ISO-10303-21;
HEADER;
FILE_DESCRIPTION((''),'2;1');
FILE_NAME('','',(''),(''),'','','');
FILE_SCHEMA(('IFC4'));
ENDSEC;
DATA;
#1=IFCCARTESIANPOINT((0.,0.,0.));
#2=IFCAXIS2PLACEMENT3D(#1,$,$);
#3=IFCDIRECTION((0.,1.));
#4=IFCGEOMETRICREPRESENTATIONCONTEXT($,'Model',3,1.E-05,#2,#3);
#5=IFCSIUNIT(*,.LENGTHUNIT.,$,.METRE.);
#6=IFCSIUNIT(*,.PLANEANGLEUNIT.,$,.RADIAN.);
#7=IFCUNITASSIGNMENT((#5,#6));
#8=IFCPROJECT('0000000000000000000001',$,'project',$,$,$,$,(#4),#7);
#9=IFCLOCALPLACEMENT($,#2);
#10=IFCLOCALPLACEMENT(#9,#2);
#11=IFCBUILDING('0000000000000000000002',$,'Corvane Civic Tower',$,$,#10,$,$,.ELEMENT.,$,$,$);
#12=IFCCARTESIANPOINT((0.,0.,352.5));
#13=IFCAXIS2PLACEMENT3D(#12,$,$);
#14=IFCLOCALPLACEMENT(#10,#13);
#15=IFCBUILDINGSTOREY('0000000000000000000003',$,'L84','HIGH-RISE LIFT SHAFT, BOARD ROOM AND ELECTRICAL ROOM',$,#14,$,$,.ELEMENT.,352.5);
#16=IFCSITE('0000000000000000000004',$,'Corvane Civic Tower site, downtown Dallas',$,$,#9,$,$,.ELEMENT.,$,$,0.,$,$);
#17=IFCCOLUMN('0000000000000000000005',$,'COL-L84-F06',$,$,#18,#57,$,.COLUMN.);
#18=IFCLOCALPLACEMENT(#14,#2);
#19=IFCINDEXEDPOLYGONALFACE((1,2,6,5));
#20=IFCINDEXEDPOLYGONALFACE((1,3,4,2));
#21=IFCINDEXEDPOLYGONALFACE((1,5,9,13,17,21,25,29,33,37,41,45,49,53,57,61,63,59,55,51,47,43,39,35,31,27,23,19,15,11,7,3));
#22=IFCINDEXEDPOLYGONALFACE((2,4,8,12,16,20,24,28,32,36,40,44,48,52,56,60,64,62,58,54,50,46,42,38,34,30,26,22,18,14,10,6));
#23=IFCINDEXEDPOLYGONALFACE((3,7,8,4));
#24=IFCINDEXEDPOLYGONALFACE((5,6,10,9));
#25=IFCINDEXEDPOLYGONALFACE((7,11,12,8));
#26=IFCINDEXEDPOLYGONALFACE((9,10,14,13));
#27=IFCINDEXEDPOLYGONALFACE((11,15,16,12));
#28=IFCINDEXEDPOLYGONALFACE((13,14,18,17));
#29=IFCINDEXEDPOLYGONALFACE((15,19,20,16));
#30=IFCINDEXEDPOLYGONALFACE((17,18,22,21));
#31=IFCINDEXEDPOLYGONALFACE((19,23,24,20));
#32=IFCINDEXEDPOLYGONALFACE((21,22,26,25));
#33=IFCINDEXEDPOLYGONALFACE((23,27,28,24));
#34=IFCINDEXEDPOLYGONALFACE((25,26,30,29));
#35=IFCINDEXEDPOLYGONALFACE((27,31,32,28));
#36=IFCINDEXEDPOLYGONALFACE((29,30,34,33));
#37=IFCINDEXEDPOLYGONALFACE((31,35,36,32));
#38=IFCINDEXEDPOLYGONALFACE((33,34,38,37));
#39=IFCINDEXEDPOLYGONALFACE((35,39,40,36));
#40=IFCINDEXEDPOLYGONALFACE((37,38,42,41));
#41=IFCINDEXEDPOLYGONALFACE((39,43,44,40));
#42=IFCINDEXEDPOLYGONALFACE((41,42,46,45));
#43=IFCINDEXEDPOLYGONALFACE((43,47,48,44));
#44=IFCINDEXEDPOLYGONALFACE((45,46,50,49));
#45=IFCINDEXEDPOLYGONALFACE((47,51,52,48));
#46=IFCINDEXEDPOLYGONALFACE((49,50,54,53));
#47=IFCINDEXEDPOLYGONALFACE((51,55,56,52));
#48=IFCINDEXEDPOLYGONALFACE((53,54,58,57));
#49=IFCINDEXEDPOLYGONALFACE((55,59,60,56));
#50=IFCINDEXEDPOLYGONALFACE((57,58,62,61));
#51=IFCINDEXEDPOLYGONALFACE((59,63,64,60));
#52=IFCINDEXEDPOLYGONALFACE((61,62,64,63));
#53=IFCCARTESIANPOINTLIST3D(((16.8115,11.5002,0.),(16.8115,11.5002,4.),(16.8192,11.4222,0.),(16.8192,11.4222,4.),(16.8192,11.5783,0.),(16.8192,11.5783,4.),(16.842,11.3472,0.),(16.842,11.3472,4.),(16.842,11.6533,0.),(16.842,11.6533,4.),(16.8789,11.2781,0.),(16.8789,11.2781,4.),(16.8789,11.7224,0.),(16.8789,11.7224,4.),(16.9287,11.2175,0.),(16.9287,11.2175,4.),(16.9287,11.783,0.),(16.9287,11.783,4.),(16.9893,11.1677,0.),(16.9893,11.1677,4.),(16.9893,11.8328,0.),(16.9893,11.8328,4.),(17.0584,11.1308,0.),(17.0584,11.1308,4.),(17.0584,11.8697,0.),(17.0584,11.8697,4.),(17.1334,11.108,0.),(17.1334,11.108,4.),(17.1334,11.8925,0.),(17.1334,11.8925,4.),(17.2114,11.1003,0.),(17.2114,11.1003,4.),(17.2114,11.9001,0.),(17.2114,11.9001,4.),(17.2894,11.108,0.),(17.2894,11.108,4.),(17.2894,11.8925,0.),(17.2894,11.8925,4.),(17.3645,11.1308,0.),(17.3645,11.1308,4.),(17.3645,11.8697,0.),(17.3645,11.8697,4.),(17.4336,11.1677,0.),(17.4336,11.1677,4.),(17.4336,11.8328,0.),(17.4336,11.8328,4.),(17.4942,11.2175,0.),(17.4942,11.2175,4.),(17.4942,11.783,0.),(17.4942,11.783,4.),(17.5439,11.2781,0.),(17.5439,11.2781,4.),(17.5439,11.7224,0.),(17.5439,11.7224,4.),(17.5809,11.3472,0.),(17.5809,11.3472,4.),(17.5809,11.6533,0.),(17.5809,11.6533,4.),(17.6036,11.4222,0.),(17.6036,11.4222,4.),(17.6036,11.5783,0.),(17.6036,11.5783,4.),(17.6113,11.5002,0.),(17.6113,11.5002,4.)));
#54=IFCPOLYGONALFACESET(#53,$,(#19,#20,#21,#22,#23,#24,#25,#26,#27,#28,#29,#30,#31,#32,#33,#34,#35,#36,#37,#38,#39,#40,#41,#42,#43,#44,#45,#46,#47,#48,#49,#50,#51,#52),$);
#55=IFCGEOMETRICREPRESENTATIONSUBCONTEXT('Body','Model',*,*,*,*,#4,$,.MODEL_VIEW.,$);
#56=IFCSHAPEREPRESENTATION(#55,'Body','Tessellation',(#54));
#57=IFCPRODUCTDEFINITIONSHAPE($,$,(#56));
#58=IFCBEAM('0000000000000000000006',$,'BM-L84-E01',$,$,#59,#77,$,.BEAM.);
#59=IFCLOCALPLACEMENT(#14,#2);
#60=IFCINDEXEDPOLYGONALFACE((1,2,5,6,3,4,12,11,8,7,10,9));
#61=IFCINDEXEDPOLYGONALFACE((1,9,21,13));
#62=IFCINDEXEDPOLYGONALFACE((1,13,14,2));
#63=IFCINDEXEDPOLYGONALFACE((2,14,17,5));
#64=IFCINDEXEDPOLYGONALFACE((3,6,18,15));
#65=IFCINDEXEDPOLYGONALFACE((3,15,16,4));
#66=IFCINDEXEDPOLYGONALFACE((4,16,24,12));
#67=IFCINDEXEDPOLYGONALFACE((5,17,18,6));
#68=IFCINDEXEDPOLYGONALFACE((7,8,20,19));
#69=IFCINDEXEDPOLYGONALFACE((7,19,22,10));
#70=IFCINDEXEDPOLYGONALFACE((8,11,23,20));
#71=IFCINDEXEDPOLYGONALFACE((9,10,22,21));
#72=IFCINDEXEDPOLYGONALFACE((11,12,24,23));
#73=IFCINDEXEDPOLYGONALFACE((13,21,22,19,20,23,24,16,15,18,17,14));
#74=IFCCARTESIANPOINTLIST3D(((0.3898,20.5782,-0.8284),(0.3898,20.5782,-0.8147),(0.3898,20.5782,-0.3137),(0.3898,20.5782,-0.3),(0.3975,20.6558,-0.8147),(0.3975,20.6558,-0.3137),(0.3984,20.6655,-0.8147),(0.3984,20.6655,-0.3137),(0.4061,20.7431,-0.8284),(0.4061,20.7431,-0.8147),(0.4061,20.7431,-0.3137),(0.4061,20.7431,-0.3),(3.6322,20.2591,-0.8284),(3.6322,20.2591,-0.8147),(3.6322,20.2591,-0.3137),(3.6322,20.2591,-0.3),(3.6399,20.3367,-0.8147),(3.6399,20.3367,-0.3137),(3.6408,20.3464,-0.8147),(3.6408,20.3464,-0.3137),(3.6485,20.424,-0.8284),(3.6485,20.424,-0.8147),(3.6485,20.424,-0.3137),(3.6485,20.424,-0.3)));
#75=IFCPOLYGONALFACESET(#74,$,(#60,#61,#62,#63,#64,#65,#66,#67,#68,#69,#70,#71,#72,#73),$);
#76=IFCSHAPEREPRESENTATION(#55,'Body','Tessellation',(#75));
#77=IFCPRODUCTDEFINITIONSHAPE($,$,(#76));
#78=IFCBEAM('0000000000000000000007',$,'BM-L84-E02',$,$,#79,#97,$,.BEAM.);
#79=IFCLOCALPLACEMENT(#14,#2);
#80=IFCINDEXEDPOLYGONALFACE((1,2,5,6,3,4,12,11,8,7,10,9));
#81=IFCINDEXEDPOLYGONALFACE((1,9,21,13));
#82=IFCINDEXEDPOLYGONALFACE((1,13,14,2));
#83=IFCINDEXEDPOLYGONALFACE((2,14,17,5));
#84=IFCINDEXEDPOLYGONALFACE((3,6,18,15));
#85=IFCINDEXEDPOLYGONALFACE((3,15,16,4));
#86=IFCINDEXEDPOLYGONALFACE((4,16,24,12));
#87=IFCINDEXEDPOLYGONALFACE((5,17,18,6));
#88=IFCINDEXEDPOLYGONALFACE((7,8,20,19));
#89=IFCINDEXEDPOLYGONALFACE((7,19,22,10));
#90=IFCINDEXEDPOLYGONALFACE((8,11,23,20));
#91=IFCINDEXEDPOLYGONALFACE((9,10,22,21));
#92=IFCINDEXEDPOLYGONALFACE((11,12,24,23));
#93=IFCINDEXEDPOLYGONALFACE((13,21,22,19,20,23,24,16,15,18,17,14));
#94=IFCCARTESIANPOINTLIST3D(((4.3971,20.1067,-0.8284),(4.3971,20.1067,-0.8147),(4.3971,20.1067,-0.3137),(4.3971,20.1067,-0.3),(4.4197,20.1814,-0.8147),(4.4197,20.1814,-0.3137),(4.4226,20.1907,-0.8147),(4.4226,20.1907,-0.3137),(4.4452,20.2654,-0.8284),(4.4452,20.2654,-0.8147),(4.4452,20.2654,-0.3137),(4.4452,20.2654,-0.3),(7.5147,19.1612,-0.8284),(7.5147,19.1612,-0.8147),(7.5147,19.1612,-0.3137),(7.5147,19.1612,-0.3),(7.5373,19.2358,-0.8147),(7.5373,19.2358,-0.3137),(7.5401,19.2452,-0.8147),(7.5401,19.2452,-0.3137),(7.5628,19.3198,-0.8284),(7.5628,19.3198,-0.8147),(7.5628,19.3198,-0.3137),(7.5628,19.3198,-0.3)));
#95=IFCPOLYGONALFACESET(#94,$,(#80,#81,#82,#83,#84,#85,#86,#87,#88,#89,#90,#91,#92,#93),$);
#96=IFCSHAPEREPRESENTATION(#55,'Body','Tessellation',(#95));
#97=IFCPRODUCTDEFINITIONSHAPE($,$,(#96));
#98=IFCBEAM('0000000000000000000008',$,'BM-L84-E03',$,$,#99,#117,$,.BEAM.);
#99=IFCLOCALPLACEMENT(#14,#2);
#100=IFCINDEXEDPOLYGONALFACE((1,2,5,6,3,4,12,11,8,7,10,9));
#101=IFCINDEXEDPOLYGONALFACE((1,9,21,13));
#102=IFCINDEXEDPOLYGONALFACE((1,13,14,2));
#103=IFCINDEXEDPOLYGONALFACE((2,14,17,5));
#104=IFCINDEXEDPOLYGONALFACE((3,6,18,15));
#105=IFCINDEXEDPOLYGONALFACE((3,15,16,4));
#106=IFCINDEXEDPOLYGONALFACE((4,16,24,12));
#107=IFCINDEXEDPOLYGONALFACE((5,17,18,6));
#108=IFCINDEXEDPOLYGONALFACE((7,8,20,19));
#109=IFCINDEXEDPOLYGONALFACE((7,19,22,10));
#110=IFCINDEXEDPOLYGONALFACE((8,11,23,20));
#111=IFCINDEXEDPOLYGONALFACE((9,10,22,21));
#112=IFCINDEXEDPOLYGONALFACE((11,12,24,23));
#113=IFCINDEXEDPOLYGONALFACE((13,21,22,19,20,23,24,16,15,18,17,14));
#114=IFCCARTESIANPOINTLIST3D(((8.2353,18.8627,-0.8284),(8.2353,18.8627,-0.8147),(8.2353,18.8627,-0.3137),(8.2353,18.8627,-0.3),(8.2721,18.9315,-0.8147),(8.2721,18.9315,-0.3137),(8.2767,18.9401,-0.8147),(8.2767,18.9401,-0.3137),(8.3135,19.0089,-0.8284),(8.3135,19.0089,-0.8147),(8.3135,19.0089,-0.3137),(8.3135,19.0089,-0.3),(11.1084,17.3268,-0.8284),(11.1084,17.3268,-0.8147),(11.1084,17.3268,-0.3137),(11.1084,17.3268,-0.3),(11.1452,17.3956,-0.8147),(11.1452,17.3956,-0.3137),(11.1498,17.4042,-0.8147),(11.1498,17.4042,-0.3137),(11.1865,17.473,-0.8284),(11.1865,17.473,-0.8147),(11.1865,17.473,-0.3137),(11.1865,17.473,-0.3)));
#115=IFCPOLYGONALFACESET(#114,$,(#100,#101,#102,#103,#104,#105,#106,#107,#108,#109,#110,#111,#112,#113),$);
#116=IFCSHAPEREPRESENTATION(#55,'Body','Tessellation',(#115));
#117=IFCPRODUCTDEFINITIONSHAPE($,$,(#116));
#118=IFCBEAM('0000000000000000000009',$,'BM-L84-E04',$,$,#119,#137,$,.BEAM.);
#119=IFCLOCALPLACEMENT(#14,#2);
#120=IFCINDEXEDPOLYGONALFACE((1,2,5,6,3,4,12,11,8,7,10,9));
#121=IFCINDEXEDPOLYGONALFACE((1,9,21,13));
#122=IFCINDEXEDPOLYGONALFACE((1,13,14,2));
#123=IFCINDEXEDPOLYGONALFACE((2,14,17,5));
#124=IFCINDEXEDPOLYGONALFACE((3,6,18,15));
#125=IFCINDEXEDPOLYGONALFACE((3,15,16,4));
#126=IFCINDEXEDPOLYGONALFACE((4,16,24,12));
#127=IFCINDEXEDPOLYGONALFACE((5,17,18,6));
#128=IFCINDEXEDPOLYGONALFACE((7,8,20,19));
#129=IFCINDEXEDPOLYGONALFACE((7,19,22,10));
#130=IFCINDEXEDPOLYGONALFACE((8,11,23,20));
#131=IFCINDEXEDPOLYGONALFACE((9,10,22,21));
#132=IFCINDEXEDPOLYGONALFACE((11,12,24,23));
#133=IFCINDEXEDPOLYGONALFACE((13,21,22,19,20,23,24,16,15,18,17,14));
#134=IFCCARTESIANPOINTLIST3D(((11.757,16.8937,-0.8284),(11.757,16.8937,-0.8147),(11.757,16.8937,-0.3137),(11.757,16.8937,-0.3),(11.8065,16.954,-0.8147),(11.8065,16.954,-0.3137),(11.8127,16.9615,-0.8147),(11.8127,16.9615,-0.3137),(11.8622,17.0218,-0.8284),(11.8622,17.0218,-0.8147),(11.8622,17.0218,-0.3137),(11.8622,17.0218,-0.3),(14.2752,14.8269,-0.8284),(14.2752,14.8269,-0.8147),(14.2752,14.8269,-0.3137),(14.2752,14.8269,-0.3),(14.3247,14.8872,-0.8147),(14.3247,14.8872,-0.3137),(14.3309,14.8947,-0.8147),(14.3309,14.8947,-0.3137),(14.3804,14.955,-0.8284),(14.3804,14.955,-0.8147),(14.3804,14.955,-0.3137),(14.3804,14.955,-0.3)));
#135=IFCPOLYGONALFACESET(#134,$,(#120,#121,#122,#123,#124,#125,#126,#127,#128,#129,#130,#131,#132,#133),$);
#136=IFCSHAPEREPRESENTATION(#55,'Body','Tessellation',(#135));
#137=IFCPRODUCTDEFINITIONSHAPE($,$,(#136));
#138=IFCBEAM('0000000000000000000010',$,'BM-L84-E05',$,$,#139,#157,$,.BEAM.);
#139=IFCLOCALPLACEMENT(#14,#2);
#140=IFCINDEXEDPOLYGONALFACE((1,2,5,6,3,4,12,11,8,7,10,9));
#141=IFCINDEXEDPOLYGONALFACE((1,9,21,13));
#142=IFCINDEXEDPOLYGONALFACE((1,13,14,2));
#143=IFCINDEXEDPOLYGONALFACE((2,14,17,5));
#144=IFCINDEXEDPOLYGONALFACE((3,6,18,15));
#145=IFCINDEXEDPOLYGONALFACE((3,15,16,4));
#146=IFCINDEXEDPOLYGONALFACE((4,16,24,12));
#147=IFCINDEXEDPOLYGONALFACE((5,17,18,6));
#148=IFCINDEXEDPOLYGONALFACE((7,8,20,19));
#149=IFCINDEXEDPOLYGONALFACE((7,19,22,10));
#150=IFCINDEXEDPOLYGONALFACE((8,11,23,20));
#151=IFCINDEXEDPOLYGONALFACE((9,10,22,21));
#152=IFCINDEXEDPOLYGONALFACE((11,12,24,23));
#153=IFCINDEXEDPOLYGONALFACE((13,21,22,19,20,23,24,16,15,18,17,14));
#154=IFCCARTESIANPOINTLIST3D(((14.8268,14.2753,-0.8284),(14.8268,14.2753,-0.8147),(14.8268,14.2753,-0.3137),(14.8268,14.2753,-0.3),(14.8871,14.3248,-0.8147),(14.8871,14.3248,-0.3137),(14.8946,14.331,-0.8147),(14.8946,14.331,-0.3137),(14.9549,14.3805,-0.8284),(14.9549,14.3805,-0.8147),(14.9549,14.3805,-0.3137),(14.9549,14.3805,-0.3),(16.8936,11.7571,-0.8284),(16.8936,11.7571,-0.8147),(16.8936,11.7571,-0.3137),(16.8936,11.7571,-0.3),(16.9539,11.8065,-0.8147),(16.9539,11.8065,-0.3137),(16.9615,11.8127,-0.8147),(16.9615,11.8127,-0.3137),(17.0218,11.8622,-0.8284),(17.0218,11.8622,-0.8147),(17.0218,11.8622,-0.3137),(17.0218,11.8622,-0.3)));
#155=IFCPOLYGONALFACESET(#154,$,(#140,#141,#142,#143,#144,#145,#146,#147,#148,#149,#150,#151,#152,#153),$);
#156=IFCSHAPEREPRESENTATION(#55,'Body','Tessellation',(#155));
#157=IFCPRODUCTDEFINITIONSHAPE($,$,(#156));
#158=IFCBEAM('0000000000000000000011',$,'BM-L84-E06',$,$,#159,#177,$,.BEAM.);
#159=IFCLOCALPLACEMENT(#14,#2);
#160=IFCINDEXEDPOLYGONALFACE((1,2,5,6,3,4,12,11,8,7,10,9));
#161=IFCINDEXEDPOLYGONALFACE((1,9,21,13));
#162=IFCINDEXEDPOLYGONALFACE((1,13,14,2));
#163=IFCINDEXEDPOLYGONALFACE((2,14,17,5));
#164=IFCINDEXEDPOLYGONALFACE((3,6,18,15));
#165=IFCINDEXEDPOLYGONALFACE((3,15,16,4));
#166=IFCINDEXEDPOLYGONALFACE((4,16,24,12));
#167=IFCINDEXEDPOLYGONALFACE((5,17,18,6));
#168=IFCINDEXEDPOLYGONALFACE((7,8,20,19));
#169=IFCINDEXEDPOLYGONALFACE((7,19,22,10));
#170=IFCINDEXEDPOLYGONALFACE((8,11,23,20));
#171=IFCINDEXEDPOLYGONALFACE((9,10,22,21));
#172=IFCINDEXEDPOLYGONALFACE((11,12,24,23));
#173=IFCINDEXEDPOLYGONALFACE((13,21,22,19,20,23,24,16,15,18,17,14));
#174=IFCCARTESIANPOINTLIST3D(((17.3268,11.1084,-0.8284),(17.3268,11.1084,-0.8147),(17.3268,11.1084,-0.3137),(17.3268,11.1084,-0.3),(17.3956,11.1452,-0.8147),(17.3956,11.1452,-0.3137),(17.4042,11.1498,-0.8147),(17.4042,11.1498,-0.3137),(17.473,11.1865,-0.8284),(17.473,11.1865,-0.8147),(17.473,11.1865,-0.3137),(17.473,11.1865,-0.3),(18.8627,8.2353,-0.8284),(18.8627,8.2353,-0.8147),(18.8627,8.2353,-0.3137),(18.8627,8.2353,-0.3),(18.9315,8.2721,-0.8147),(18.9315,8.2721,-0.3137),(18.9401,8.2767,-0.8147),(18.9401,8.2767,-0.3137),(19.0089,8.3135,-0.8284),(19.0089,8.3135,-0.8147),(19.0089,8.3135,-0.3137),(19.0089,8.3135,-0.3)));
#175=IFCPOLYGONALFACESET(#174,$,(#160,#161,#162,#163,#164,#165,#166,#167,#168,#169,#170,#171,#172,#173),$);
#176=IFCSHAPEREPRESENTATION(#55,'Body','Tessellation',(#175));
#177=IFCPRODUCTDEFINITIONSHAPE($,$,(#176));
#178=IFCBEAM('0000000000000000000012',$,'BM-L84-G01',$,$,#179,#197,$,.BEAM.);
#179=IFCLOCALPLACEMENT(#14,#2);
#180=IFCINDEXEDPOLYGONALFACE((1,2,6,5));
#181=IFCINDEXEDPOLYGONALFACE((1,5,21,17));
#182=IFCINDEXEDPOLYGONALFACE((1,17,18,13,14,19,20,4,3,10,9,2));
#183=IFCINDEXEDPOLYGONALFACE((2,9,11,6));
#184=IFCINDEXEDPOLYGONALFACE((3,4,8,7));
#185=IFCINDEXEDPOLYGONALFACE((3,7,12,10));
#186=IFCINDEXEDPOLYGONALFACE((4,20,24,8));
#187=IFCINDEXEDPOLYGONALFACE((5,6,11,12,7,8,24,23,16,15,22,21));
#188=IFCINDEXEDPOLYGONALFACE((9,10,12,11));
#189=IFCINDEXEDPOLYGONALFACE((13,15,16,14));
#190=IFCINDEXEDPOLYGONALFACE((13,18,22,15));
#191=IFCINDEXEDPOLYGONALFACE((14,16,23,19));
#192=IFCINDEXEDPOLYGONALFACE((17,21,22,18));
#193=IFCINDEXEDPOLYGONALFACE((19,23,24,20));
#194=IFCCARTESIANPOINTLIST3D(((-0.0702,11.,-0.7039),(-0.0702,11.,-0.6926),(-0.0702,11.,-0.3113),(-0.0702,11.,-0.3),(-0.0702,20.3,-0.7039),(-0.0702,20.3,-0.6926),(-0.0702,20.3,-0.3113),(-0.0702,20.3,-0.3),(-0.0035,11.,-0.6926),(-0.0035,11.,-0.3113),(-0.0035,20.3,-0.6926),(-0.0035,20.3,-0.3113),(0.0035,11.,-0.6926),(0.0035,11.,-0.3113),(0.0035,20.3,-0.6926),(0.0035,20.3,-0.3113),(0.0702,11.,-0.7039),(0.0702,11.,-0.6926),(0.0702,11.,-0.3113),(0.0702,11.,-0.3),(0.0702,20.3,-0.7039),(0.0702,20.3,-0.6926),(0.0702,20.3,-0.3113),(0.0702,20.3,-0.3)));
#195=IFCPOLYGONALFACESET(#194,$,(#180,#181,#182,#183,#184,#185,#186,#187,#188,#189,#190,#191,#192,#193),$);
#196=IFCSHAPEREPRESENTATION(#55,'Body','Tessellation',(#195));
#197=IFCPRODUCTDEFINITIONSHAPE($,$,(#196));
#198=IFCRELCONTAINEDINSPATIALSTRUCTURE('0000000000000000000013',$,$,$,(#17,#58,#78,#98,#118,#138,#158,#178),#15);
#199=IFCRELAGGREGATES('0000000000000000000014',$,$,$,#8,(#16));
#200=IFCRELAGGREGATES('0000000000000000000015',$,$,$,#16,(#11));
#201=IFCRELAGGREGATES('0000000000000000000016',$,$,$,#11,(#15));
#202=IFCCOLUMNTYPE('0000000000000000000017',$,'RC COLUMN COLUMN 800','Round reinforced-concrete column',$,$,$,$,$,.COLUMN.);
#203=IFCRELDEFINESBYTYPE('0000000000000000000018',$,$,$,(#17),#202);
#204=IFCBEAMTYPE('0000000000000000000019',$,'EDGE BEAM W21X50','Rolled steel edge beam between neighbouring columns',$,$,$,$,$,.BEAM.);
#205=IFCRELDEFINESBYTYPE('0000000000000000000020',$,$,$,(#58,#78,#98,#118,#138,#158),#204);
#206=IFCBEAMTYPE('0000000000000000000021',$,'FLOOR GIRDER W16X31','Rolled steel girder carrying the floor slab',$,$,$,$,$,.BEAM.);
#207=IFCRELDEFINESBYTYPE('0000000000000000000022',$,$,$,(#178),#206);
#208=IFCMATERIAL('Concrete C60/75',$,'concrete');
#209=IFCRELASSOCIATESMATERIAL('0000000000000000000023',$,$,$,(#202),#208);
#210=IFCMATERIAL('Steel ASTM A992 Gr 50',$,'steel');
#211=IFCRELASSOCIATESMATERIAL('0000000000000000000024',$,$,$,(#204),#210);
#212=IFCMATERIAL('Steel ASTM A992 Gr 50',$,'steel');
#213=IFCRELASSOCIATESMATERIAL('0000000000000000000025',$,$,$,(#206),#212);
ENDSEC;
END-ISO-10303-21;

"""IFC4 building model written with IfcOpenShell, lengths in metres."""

from ifc_helpers import new_model, si_unit, direction, frame, origin, origin_2d, place, context, subcontext, project, spatial, circle, i_section, extrude, material, material_profile, profile_set, type_object, element, save


model = new_model("IFC4")

# Units and contexts
model_context = context("Model", 3, precision=1e-05, world=origin(), true_north=direction((0.0, 1.0)))
body_context = subcontext(model_context, "Body", "Model", "MODEL_VIEW")
ifc_project = project(units=[si_unit("LENGTHUNIT", "METRE"), si_unit("PLANEANGLEUNIT", "RADIAN")], contexts=[model_context])

# Site, building, storey
site_placement = place(None, origin())
site = spatial("IfcSite", under=ifc_project, at=site_placement, Name="Corvane Civic Tower site, downtown Dallas", CompositionType="ELEMENT", RefElevation=0.0)
building_placement = place(site_placement, origin())
building = spatial("IfcBuilding", under=site, at=building_placement, Name="Corvane Civic Tower", CompositionType="ELEMENT")
storey_placement = place(building_placement, frame((0.0, 0.0, 352.5)))
storey = spatial("IfcBuildingStorey", under=building, at=storey_placement, Name="L84", Description="HIGH-RISE LIFT SHAFT, BOARD ROOM AND ELECTRICAL ROOM", CompositionType="ELEMENT", Elevation=352.5)

# Column
ifc_material_1 = material(Name="Concrete C60/75", Category="concrete")
ifc_material_profile_1 = material_profile(ifc_material_1, circle(Radius=0.3999, at=origin_2d()), Name="COLUMN 800")
ifc_profile_set_1 = profile_set([ifc_material_profile_1], Name="Concrete C60/75")
column_type = type_object("IfcColumnType", Name="RC COLUMN COLUMN 800", Description="Round reinforced-concrete column", PredefinedType="COLUMN", material=ifc_profile_set_1)
for number, where, z_axis, x_axis, name in (
    (1, (17.2114, 11.5002, 0.0), (0.0, 0.0, 1.0), (1.0, 0.0, 0.0), "COL-L84-F06"),
):
    element("IfcColumn", number, at=place(storey_placement, frame(where, z_axis=z_axis, x_axis=x_axis)), inside=storey, type_object=column_type, Name=name, PredefinedType="COLUMN", context=body_context, shape_type="SweptSolid", body=[
        extrude(circle(Radius=0.3999, at=origin_2d()), origin(), (0.0, 0.0, 1.0), 4.0),
    ])

# Beams
ifc_material_2 = material(Name="Steel ASTM A992 Gr 50", Category="steel")
ifc_material_profile_2 = material_profile(ifc_material_2, i_section(OverallWidth=0.1658, OverallDepth=0.5283, WebThickness=0.0098, FlangeThickness=0.0137, at=origin_2d()), Name="W21X50")
ifc_profile_set_2 = profile_set([ifc_material_profile_2], Name="Steel ASTM A992 Gr 50")
beam_type_1 = type_object("IfcBeamType", Name="EDGE BEAM W21X50", Description="Rolled steel edge beam between neighbouring columns", PredefinedType="BEAM", material=ifc_profile_set_2)
beam_1_placement = place(storey_placement, frame((0.3979, 20.6606, -0.5642), z_axis=(0.995193, -0.097938, 0.0), x_axis=(0.097938, 0.995193, 0.0)))
element("IfcBeam", 2, at=beam_1_placement, inside=storey, type_object=beam_type_1, Name="BM-L84-E01", PredefinedType="BEAM", context=body_context, shape_type="SweptSolid", body=[
    extrude(i_section(OverallWidth=0.1658, OverallDepth=0.5283, WebThickness=0.0098, FlangeThickness=0.0137, at=origin_2d()), origin(), (0.0, 0.0, 1.0), 3.2581),
])
for number, where, z_axis, x_axis, name in (
    (3, (4.4211, 20.186, -0.5642), (0.956956, -0.290234, 0.0), (0.290234, 0.956956, 0.0), "BM-L84-E02"),
    (4, (8.2744, 18.9358, -0.5642), (0.881894, -0.471448, 0.0), (0.471448, 0.881894, 0.0), "BM-L84-E03"),
    (5, (11.8096, 16.9578, -0.5642), (0.772985, -0.634425, 0.0), (0.634425, 0.772985, 0.0), "BM-L84-E04"),
    (6, (14.8909, 14.3279, -0.5642), (0.634425, -0.772985, 0.0), (0.772985, 0.634425, 0.0), "BM-L84-E05"),
    (7, (17.3999, 11.1475, -0.5642), (0.471448, -0.881894, 0.0), (0.881894, 0.471448, 0.0), "BM-L84-E06"),
):
    element("IfcBeam", number, at=place(storey_placement, frame(where, z_axis=z_axis, x_axis=x_axis)), inside=storey, type_object=beam_type_1, Name=name, PredefinedType="BEAM", context=body_context, shape_type="SweptSolid", body=[
        extrude(i_section(OverallWidth=0.1658, OverallDepth=0.5283, WebThickness=0.0098, FlangeThickness=0.0137, at=origin_2d()), origin(), (0.0, 0.0, 1.0), 3.2578),
    ])
ifc_material_3 = material(Name="Steel ASTM A992 Gr 50", Category="steel")
ifc_material_profile_3 = material_profile(ifc_material_3, i_section(OverallWidth=0.1404, OverallDepth=0.4038, WebThickness=0.0071, FlangeThickness=0.0112, at=origin_2d()), Name="W16X31")
ifc_profile_set_3 = profile_set([ifc_material_profile_3], Name="Steel ASTM A992 Gr 50")
beam_type_2 = type_object("IfcBeamType", Name="FLOOR GIRDER W16X31", Description="Rolled steel girder carrying the floor slab", PredefinedType="BEAM", material=ifc_profile_set_3)
beam_2_placement = place(storey_placement, frame((0.0, 11.0, -0.502), z_axis=(0.0, 1.0, 0.0), x_axis=(-1.0, 0.0, 0.0)))
element("IfcBeam", 8, at=beam_2_placement, inside=storey, type_object=beam_type_2, Name="BM-L84-G01", PredefinedType="BEAM", context=body_context, shape_type="SweptSolid", body=[
    extrude(i_section(OverallWidth=0.1404, OverallDepth=0.4038, WebThickness=0.0071, FlangeThickness=0.0112, at=origin_2d()), origin(), (0.0, 0.0, 1.0), 9.3),
])

save(model, "model.ifc")
